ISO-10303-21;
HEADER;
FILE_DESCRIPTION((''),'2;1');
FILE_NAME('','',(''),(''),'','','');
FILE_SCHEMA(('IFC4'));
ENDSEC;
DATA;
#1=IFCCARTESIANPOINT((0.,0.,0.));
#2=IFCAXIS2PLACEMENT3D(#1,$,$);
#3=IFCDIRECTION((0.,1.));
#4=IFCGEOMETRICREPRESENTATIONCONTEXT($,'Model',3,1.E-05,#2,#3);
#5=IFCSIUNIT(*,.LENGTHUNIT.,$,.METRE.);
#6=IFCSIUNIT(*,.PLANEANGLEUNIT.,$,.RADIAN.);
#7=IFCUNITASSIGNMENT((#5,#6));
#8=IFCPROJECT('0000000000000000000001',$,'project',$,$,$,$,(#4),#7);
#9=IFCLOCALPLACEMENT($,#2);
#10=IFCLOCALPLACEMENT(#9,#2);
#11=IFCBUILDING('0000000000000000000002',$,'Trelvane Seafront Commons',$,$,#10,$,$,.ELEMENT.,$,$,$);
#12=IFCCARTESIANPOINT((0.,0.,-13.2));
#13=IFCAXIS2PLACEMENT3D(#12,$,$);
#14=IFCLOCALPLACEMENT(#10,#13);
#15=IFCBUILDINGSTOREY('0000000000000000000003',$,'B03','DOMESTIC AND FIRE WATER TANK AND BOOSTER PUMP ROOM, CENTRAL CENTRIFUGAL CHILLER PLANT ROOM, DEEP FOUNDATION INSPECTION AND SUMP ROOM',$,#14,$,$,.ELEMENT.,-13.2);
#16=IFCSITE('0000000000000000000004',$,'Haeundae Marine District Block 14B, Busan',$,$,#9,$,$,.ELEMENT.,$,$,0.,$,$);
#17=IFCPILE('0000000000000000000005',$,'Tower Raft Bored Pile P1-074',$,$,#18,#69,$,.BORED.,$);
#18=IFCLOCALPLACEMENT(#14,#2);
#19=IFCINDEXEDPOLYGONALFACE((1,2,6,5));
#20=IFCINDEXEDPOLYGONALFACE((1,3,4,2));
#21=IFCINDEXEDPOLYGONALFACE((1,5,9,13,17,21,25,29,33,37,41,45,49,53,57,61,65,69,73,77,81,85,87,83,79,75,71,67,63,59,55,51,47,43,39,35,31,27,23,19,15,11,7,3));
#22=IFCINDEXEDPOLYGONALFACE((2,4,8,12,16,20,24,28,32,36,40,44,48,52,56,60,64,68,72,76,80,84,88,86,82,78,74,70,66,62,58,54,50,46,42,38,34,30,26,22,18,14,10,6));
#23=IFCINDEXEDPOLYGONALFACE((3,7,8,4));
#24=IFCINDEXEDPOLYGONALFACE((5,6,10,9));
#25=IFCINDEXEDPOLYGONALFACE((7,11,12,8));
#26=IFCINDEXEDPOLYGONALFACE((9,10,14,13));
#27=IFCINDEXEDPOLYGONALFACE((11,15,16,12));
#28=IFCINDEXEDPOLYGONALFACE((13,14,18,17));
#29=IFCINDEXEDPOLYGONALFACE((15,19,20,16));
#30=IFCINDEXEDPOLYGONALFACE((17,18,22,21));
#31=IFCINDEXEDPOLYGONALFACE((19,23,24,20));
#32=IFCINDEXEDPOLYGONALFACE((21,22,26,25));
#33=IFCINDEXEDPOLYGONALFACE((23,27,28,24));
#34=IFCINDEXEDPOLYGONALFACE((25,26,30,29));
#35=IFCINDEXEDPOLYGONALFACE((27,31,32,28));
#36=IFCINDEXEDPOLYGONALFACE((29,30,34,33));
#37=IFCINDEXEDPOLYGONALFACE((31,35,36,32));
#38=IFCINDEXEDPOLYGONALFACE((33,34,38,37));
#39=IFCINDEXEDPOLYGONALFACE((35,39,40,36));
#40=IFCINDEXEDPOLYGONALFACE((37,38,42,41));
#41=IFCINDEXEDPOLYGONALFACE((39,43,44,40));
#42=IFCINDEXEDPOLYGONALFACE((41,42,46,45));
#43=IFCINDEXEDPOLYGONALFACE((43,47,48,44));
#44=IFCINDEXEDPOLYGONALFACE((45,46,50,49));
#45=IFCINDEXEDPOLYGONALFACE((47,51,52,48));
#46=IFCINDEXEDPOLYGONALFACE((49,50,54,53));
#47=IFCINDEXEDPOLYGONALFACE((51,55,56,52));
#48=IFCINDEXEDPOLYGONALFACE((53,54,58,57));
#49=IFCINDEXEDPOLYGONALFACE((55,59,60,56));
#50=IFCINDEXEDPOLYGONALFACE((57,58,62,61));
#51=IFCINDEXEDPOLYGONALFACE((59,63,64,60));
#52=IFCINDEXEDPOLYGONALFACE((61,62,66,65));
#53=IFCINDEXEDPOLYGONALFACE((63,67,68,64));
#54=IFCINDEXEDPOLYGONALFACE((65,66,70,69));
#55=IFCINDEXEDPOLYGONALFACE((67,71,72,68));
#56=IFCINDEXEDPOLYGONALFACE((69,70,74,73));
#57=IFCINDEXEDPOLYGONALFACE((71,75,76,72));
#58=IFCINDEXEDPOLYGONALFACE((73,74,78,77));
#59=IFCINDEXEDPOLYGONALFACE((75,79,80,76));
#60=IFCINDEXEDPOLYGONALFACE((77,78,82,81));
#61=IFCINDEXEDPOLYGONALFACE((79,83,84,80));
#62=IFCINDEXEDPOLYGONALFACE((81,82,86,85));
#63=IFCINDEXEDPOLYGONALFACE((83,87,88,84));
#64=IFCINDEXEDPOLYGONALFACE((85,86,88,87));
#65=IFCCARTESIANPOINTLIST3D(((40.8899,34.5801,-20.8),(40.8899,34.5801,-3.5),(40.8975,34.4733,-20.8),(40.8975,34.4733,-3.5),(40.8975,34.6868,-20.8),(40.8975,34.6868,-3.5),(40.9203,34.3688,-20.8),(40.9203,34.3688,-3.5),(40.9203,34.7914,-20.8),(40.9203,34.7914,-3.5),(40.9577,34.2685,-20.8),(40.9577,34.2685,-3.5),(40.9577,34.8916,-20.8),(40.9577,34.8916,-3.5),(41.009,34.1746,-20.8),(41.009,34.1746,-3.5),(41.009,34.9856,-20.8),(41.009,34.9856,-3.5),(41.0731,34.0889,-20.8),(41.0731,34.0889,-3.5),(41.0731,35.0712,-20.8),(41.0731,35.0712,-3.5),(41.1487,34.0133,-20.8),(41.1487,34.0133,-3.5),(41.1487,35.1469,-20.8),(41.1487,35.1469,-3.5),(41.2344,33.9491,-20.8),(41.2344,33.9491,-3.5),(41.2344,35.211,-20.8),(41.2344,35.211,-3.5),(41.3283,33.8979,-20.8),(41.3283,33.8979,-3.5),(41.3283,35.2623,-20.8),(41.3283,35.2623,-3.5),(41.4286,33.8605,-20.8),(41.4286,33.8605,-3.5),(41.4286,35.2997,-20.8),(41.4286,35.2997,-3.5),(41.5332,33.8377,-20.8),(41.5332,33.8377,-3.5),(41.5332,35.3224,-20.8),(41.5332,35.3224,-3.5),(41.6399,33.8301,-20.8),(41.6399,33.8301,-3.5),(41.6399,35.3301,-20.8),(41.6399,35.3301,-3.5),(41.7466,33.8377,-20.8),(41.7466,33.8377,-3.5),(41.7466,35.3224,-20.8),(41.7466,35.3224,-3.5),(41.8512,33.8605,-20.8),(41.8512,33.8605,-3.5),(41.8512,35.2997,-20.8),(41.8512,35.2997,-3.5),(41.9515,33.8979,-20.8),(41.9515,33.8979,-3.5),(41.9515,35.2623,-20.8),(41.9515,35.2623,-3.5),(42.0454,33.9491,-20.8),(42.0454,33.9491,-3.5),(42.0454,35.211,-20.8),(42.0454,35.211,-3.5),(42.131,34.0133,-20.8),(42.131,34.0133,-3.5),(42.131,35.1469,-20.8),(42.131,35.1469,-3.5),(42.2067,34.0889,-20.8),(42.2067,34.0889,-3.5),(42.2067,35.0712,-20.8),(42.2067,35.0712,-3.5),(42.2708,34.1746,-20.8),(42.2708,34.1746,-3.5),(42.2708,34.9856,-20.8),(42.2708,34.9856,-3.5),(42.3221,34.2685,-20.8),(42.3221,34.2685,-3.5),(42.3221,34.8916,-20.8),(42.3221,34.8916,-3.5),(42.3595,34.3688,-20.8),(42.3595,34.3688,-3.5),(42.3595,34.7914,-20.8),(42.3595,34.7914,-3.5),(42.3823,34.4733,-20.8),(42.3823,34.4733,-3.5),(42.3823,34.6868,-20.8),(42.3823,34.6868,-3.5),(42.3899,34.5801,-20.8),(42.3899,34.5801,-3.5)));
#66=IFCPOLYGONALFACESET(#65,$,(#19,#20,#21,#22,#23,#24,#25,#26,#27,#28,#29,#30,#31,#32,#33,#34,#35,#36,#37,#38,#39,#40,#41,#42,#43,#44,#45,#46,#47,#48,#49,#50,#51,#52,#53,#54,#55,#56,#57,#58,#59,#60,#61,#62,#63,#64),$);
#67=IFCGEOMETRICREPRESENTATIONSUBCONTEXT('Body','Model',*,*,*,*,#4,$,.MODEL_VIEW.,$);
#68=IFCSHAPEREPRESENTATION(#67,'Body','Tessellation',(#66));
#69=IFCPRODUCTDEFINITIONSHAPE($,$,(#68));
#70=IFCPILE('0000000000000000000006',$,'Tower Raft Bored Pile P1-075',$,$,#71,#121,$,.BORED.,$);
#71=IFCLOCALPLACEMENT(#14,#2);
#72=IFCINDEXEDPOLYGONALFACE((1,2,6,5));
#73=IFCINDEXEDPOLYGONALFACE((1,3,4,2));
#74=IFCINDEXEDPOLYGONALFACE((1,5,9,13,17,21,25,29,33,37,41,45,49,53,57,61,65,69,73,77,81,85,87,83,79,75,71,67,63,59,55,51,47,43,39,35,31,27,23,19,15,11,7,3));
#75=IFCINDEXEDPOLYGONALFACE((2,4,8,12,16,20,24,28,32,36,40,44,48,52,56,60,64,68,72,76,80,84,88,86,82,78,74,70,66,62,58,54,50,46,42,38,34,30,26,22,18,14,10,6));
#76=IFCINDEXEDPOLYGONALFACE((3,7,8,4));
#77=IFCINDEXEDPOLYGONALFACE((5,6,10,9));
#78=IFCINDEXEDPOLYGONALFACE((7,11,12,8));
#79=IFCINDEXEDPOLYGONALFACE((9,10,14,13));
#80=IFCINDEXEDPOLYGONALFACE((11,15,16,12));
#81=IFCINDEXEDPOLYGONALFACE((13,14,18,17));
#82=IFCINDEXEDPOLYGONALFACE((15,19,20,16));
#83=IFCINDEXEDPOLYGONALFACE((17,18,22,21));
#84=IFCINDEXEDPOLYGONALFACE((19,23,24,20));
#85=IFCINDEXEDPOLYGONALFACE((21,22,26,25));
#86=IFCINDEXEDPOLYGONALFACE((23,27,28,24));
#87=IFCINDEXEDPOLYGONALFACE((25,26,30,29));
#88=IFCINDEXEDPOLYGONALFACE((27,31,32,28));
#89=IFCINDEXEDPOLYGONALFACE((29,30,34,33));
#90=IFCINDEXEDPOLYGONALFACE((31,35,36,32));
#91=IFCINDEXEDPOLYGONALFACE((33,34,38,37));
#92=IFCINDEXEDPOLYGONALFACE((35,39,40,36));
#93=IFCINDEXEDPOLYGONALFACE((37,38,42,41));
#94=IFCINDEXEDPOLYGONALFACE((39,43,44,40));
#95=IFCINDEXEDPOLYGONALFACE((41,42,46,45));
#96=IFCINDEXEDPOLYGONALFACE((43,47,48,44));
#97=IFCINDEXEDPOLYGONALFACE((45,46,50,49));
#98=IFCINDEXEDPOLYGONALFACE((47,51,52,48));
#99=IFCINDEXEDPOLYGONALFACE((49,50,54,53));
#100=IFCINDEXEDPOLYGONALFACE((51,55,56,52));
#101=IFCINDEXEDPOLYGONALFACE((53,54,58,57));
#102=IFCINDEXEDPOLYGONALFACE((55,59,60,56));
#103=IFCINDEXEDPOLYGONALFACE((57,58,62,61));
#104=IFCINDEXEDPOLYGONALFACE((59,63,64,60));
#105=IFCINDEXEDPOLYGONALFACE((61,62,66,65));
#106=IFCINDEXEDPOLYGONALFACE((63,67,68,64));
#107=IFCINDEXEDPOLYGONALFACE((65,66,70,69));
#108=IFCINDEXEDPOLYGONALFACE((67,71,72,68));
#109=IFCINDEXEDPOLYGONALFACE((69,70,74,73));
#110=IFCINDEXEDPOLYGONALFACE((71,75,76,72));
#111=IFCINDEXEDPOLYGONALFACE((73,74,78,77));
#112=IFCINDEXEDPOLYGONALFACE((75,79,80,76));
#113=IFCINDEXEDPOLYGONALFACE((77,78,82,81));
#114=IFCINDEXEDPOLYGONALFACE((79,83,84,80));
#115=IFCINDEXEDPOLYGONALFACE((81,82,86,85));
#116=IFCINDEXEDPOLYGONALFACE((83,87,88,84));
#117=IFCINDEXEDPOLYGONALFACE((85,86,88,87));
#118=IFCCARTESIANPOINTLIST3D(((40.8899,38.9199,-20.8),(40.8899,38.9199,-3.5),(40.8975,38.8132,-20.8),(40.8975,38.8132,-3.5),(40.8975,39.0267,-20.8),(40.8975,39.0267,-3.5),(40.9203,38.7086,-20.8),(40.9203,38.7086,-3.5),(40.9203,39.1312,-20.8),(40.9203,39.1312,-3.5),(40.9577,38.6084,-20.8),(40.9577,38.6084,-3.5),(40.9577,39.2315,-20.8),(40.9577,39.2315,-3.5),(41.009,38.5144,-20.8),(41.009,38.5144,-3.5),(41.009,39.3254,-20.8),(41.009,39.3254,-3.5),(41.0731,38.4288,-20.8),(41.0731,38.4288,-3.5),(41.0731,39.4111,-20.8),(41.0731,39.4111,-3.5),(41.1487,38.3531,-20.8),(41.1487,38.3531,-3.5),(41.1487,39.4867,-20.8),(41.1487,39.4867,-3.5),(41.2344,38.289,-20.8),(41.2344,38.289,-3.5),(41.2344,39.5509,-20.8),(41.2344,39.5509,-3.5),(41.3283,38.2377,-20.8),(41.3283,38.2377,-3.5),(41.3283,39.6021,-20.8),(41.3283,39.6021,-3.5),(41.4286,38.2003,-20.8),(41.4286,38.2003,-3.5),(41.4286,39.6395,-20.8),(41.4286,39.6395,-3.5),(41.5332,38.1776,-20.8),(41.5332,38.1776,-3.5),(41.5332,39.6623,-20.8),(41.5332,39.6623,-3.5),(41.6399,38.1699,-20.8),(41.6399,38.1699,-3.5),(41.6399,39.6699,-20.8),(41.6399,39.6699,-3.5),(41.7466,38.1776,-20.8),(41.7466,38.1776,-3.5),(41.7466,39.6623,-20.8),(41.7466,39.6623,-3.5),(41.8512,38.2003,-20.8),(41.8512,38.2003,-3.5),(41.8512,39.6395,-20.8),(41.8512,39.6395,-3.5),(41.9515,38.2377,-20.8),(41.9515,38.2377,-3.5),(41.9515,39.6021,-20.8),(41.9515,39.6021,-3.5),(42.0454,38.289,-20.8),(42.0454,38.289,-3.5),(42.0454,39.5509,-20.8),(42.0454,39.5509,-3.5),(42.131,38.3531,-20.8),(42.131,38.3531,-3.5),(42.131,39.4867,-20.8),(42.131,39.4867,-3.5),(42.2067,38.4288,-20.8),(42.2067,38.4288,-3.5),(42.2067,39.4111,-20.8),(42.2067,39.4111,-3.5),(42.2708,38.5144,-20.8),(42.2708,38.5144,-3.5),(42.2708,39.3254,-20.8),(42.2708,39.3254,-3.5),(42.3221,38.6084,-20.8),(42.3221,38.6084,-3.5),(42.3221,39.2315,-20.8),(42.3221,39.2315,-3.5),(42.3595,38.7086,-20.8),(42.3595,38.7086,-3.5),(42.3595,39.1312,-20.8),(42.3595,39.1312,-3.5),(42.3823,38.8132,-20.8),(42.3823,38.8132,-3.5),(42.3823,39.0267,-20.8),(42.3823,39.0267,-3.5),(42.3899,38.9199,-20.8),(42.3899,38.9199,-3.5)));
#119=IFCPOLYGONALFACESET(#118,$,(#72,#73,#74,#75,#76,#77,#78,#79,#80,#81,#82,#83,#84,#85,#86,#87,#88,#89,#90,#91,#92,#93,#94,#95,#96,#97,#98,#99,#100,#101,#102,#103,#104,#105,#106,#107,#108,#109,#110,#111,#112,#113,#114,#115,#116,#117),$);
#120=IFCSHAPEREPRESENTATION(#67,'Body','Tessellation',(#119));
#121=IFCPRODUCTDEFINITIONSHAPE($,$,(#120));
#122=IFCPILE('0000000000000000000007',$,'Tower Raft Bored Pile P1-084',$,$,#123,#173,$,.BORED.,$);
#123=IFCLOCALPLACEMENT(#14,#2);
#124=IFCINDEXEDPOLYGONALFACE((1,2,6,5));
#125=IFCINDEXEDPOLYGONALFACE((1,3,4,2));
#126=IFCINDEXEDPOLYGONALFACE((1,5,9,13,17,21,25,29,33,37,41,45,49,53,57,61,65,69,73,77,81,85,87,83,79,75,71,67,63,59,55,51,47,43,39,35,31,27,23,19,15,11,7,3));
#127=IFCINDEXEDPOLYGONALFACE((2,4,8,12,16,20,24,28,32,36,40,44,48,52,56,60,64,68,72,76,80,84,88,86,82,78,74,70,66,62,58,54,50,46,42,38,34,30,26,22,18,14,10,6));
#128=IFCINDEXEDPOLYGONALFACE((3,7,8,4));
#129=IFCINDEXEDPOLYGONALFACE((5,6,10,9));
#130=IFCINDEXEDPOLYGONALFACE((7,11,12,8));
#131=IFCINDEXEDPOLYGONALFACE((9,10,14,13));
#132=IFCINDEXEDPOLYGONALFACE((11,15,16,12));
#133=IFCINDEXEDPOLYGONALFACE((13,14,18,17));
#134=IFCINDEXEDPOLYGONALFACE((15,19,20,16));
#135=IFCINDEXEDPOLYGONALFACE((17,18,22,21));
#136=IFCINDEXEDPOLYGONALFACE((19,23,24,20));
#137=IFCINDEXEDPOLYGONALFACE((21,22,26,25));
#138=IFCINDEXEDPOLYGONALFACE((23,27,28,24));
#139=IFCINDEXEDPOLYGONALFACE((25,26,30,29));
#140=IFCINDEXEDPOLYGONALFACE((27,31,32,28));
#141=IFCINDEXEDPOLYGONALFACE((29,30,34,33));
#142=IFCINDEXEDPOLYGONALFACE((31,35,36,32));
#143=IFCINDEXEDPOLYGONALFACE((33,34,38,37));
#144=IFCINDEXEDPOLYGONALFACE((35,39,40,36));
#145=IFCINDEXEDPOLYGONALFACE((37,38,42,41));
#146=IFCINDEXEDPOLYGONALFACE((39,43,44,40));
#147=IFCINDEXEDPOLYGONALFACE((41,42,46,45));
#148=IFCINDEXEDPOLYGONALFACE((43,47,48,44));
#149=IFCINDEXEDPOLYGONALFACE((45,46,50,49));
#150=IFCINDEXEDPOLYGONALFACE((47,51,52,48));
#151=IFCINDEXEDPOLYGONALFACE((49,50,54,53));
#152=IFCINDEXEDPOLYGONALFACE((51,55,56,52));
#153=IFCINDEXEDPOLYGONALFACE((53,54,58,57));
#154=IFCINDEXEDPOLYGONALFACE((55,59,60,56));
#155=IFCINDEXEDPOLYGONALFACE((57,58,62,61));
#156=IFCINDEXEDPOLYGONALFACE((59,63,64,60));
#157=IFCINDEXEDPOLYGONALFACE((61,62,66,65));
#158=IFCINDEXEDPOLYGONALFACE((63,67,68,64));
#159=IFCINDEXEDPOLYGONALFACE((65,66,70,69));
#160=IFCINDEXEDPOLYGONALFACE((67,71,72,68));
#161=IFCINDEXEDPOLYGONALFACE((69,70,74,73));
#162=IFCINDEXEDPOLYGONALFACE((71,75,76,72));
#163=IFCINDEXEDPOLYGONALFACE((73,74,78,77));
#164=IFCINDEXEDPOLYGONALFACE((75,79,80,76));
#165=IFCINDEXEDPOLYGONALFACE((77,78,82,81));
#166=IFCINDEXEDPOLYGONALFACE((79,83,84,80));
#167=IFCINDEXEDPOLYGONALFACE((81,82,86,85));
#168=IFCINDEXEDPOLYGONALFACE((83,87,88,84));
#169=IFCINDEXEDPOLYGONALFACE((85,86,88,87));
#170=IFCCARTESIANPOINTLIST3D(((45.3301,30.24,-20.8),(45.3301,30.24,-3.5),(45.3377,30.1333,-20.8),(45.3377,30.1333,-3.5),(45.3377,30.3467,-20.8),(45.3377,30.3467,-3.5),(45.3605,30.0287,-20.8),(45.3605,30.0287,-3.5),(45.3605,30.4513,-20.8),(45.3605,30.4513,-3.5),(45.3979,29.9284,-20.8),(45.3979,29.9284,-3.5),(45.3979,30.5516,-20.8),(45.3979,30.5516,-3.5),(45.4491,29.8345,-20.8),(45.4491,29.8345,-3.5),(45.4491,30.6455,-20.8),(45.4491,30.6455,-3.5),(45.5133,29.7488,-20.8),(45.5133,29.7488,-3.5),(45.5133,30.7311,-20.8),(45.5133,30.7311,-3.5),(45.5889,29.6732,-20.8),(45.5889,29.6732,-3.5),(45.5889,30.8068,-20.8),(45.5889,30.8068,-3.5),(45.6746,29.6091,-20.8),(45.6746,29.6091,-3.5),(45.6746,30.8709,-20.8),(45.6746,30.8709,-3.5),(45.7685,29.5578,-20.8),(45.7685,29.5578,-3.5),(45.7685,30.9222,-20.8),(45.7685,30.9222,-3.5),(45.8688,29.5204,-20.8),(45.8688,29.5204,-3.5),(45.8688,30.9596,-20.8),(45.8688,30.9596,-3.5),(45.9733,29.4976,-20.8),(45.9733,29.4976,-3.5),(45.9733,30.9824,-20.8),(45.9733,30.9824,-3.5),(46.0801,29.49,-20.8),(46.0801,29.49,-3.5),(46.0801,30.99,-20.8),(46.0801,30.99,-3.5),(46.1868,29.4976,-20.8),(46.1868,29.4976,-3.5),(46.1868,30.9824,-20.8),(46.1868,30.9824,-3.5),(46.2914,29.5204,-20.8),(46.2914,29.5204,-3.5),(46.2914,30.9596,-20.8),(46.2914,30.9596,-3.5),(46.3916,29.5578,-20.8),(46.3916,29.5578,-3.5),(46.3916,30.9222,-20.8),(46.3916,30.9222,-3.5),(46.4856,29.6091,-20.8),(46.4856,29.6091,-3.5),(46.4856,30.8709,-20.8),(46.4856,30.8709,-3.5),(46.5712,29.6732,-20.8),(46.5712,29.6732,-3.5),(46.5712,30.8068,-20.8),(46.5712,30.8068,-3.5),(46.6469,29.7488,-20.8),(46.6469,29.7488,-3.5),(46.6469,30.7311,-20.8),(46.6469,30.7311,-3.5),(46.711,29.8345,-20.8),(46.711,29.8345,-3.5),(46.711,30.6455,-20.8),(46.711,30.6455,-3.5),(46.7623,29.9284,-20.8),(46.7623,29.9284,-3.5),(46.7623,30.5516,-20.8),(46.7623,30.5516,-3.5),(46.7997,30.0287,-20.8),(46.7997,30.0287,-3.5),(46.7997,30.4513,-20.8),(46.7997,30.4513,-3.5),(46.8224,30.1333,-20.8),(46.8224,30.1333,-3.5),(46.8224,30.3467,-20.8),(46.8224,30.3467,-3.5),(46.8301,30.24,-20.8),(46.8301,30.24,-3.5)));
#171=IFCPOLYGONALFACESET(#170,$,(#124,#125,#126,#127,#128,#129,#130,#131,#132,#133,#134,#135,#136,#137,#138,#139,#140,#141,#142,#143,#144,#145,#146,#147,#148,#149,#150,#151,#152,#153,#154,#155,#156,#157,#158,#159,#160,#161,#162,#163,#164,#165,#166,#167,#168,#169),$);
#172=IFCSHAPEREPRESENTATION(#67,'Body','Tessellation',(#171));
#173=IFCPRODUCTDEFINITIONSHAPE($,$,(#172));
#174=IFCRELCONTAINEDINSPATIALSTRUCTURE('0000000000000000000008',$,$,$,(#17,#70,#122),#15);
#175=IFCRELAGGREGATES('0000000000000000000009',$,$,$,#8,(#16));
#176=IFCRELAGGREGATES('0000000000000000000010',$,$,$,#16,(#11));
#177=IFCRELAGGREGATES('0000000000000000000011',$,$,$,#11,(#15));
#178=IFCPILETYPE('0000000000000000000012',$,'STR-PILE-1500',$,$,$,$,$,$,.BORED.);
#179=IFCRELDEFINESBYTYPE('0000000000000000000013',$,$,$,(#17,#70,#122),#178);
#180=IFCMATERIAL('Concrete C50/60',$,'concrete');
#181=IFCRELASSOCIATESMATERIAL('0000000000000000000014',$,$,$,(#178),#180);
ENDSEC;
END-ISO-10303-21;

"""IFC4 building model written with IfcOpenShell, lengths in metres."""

from ifc_helpers import new_model, si_unit, direction, frame, origin, origin_2d, place, context, subcontext, project, spatial, circle, extrude, source, transform, mapped, material, material_profile, profile_set, type_object, element, save


model = new_model("IFC4")

# Units and contexts
model_context = context("Model", 3, precision=1e-05, world=origin(), true_north=direction((0.0, 1.0)))
body_context = subcontext(model_context, "Body", "Model", "MODEL_VIEW")
ifc_project = project(units=[si_unit("LENGTHUNIT", "METRE"), si_unit("PLANEANGLEUNIT", "RADIAN")], contexts=[model_context])

# Site, building, storey
site_placement = place(None, origin())
site = spatial("IfcSite", under=ifc_project, at=site_placement, Name="Haeundae Marine District Block 14B, Busan", CompositionType="ELEMENT", RefElevation=0.0)
building_placement = place(site_placement, origin())
building = spatial("IfcBuilding", under=site, at=building_placement, Name="Trelvane Seafront Commons", CompositionType="ELEMENT")
storey_placement = place(building_placement, frame((0.0, 0.0, -13.2)))
storey = spatial("IfcBuildingStorey", under=building, at=storey_placement, Name="B03", Description="DOMESTIC AND FIRE WATER TANK AND BOOSTER PUMP ROOM, CENTRAL CENTRIFUGAL CHILLER PLANT ROOM, DEEP FOUNDATION INSPECTION AND SUMP ROOM", CompositionType="ELEMENT", Elevation=-13.2)

# Piles
ifc_material_1 = material(Name="Concrete C50/60", Category="concrete")
ifc_material_profile_1 = material_profile(ifc_material_1, circle(Radius=0.75, at=origin_2d()), Name="PILE-1500")
ifc_profile_set_1 = profile_set([ifc_material_profile_1], Name="Concrete C50/60")
pile_type = type_object("IfcPileType", Name="STR-PILE-1500", PredefinedType="BORED", material=ifc_profile_set_1)
shared_shape_1 = source(origin(), body_context, "Body", "SweptSolid", [
    extrude(circle(Radius=0.75, at=origin_2d()), origin(), (0.0, 0.0, 1.0), 17.3),
])
for number, where, z_axis, x_axis, name in (
    (1, (41.6399, 34.5801, -3.5), (0.0, 0.0, -1.0), (1.0, 0.0, 0.0), "Tower Raft Bored Pile P1-074"),
    (2, (41.6399, 38.9199, -3.5), (0.0, 0.0, -1.0), (1.0, 0.0, 0.0), "Tower Raft Bored Pile P1-075"),
    (3, (46.0801, 30.24, -3.5), (0.0, 0.0, -1.0), (1.0, 0.0, 0.0), "Tower Raft Bored Pile P1-084"),
):
    element("IfcPile", number, at=place(storey_placement, frame(where, z_axis=z_axis, x_axis=x_axis)), inside=storey, type_object=pile_type, Name=name, PredefinedType="BORED", context=body_context, shape_type="MappedRepresentation", body=[
        mapped(shared_shape_1, transform((0.0, 0.0, 0.0), x_axis=(1.0, 0.0, 0.0), y_axis=(0.0, 1.0, 0.0), z_axis=(0.0, 0.0, 1.0), scale=1.0)),
    ])

save(model, "model.ifc")
